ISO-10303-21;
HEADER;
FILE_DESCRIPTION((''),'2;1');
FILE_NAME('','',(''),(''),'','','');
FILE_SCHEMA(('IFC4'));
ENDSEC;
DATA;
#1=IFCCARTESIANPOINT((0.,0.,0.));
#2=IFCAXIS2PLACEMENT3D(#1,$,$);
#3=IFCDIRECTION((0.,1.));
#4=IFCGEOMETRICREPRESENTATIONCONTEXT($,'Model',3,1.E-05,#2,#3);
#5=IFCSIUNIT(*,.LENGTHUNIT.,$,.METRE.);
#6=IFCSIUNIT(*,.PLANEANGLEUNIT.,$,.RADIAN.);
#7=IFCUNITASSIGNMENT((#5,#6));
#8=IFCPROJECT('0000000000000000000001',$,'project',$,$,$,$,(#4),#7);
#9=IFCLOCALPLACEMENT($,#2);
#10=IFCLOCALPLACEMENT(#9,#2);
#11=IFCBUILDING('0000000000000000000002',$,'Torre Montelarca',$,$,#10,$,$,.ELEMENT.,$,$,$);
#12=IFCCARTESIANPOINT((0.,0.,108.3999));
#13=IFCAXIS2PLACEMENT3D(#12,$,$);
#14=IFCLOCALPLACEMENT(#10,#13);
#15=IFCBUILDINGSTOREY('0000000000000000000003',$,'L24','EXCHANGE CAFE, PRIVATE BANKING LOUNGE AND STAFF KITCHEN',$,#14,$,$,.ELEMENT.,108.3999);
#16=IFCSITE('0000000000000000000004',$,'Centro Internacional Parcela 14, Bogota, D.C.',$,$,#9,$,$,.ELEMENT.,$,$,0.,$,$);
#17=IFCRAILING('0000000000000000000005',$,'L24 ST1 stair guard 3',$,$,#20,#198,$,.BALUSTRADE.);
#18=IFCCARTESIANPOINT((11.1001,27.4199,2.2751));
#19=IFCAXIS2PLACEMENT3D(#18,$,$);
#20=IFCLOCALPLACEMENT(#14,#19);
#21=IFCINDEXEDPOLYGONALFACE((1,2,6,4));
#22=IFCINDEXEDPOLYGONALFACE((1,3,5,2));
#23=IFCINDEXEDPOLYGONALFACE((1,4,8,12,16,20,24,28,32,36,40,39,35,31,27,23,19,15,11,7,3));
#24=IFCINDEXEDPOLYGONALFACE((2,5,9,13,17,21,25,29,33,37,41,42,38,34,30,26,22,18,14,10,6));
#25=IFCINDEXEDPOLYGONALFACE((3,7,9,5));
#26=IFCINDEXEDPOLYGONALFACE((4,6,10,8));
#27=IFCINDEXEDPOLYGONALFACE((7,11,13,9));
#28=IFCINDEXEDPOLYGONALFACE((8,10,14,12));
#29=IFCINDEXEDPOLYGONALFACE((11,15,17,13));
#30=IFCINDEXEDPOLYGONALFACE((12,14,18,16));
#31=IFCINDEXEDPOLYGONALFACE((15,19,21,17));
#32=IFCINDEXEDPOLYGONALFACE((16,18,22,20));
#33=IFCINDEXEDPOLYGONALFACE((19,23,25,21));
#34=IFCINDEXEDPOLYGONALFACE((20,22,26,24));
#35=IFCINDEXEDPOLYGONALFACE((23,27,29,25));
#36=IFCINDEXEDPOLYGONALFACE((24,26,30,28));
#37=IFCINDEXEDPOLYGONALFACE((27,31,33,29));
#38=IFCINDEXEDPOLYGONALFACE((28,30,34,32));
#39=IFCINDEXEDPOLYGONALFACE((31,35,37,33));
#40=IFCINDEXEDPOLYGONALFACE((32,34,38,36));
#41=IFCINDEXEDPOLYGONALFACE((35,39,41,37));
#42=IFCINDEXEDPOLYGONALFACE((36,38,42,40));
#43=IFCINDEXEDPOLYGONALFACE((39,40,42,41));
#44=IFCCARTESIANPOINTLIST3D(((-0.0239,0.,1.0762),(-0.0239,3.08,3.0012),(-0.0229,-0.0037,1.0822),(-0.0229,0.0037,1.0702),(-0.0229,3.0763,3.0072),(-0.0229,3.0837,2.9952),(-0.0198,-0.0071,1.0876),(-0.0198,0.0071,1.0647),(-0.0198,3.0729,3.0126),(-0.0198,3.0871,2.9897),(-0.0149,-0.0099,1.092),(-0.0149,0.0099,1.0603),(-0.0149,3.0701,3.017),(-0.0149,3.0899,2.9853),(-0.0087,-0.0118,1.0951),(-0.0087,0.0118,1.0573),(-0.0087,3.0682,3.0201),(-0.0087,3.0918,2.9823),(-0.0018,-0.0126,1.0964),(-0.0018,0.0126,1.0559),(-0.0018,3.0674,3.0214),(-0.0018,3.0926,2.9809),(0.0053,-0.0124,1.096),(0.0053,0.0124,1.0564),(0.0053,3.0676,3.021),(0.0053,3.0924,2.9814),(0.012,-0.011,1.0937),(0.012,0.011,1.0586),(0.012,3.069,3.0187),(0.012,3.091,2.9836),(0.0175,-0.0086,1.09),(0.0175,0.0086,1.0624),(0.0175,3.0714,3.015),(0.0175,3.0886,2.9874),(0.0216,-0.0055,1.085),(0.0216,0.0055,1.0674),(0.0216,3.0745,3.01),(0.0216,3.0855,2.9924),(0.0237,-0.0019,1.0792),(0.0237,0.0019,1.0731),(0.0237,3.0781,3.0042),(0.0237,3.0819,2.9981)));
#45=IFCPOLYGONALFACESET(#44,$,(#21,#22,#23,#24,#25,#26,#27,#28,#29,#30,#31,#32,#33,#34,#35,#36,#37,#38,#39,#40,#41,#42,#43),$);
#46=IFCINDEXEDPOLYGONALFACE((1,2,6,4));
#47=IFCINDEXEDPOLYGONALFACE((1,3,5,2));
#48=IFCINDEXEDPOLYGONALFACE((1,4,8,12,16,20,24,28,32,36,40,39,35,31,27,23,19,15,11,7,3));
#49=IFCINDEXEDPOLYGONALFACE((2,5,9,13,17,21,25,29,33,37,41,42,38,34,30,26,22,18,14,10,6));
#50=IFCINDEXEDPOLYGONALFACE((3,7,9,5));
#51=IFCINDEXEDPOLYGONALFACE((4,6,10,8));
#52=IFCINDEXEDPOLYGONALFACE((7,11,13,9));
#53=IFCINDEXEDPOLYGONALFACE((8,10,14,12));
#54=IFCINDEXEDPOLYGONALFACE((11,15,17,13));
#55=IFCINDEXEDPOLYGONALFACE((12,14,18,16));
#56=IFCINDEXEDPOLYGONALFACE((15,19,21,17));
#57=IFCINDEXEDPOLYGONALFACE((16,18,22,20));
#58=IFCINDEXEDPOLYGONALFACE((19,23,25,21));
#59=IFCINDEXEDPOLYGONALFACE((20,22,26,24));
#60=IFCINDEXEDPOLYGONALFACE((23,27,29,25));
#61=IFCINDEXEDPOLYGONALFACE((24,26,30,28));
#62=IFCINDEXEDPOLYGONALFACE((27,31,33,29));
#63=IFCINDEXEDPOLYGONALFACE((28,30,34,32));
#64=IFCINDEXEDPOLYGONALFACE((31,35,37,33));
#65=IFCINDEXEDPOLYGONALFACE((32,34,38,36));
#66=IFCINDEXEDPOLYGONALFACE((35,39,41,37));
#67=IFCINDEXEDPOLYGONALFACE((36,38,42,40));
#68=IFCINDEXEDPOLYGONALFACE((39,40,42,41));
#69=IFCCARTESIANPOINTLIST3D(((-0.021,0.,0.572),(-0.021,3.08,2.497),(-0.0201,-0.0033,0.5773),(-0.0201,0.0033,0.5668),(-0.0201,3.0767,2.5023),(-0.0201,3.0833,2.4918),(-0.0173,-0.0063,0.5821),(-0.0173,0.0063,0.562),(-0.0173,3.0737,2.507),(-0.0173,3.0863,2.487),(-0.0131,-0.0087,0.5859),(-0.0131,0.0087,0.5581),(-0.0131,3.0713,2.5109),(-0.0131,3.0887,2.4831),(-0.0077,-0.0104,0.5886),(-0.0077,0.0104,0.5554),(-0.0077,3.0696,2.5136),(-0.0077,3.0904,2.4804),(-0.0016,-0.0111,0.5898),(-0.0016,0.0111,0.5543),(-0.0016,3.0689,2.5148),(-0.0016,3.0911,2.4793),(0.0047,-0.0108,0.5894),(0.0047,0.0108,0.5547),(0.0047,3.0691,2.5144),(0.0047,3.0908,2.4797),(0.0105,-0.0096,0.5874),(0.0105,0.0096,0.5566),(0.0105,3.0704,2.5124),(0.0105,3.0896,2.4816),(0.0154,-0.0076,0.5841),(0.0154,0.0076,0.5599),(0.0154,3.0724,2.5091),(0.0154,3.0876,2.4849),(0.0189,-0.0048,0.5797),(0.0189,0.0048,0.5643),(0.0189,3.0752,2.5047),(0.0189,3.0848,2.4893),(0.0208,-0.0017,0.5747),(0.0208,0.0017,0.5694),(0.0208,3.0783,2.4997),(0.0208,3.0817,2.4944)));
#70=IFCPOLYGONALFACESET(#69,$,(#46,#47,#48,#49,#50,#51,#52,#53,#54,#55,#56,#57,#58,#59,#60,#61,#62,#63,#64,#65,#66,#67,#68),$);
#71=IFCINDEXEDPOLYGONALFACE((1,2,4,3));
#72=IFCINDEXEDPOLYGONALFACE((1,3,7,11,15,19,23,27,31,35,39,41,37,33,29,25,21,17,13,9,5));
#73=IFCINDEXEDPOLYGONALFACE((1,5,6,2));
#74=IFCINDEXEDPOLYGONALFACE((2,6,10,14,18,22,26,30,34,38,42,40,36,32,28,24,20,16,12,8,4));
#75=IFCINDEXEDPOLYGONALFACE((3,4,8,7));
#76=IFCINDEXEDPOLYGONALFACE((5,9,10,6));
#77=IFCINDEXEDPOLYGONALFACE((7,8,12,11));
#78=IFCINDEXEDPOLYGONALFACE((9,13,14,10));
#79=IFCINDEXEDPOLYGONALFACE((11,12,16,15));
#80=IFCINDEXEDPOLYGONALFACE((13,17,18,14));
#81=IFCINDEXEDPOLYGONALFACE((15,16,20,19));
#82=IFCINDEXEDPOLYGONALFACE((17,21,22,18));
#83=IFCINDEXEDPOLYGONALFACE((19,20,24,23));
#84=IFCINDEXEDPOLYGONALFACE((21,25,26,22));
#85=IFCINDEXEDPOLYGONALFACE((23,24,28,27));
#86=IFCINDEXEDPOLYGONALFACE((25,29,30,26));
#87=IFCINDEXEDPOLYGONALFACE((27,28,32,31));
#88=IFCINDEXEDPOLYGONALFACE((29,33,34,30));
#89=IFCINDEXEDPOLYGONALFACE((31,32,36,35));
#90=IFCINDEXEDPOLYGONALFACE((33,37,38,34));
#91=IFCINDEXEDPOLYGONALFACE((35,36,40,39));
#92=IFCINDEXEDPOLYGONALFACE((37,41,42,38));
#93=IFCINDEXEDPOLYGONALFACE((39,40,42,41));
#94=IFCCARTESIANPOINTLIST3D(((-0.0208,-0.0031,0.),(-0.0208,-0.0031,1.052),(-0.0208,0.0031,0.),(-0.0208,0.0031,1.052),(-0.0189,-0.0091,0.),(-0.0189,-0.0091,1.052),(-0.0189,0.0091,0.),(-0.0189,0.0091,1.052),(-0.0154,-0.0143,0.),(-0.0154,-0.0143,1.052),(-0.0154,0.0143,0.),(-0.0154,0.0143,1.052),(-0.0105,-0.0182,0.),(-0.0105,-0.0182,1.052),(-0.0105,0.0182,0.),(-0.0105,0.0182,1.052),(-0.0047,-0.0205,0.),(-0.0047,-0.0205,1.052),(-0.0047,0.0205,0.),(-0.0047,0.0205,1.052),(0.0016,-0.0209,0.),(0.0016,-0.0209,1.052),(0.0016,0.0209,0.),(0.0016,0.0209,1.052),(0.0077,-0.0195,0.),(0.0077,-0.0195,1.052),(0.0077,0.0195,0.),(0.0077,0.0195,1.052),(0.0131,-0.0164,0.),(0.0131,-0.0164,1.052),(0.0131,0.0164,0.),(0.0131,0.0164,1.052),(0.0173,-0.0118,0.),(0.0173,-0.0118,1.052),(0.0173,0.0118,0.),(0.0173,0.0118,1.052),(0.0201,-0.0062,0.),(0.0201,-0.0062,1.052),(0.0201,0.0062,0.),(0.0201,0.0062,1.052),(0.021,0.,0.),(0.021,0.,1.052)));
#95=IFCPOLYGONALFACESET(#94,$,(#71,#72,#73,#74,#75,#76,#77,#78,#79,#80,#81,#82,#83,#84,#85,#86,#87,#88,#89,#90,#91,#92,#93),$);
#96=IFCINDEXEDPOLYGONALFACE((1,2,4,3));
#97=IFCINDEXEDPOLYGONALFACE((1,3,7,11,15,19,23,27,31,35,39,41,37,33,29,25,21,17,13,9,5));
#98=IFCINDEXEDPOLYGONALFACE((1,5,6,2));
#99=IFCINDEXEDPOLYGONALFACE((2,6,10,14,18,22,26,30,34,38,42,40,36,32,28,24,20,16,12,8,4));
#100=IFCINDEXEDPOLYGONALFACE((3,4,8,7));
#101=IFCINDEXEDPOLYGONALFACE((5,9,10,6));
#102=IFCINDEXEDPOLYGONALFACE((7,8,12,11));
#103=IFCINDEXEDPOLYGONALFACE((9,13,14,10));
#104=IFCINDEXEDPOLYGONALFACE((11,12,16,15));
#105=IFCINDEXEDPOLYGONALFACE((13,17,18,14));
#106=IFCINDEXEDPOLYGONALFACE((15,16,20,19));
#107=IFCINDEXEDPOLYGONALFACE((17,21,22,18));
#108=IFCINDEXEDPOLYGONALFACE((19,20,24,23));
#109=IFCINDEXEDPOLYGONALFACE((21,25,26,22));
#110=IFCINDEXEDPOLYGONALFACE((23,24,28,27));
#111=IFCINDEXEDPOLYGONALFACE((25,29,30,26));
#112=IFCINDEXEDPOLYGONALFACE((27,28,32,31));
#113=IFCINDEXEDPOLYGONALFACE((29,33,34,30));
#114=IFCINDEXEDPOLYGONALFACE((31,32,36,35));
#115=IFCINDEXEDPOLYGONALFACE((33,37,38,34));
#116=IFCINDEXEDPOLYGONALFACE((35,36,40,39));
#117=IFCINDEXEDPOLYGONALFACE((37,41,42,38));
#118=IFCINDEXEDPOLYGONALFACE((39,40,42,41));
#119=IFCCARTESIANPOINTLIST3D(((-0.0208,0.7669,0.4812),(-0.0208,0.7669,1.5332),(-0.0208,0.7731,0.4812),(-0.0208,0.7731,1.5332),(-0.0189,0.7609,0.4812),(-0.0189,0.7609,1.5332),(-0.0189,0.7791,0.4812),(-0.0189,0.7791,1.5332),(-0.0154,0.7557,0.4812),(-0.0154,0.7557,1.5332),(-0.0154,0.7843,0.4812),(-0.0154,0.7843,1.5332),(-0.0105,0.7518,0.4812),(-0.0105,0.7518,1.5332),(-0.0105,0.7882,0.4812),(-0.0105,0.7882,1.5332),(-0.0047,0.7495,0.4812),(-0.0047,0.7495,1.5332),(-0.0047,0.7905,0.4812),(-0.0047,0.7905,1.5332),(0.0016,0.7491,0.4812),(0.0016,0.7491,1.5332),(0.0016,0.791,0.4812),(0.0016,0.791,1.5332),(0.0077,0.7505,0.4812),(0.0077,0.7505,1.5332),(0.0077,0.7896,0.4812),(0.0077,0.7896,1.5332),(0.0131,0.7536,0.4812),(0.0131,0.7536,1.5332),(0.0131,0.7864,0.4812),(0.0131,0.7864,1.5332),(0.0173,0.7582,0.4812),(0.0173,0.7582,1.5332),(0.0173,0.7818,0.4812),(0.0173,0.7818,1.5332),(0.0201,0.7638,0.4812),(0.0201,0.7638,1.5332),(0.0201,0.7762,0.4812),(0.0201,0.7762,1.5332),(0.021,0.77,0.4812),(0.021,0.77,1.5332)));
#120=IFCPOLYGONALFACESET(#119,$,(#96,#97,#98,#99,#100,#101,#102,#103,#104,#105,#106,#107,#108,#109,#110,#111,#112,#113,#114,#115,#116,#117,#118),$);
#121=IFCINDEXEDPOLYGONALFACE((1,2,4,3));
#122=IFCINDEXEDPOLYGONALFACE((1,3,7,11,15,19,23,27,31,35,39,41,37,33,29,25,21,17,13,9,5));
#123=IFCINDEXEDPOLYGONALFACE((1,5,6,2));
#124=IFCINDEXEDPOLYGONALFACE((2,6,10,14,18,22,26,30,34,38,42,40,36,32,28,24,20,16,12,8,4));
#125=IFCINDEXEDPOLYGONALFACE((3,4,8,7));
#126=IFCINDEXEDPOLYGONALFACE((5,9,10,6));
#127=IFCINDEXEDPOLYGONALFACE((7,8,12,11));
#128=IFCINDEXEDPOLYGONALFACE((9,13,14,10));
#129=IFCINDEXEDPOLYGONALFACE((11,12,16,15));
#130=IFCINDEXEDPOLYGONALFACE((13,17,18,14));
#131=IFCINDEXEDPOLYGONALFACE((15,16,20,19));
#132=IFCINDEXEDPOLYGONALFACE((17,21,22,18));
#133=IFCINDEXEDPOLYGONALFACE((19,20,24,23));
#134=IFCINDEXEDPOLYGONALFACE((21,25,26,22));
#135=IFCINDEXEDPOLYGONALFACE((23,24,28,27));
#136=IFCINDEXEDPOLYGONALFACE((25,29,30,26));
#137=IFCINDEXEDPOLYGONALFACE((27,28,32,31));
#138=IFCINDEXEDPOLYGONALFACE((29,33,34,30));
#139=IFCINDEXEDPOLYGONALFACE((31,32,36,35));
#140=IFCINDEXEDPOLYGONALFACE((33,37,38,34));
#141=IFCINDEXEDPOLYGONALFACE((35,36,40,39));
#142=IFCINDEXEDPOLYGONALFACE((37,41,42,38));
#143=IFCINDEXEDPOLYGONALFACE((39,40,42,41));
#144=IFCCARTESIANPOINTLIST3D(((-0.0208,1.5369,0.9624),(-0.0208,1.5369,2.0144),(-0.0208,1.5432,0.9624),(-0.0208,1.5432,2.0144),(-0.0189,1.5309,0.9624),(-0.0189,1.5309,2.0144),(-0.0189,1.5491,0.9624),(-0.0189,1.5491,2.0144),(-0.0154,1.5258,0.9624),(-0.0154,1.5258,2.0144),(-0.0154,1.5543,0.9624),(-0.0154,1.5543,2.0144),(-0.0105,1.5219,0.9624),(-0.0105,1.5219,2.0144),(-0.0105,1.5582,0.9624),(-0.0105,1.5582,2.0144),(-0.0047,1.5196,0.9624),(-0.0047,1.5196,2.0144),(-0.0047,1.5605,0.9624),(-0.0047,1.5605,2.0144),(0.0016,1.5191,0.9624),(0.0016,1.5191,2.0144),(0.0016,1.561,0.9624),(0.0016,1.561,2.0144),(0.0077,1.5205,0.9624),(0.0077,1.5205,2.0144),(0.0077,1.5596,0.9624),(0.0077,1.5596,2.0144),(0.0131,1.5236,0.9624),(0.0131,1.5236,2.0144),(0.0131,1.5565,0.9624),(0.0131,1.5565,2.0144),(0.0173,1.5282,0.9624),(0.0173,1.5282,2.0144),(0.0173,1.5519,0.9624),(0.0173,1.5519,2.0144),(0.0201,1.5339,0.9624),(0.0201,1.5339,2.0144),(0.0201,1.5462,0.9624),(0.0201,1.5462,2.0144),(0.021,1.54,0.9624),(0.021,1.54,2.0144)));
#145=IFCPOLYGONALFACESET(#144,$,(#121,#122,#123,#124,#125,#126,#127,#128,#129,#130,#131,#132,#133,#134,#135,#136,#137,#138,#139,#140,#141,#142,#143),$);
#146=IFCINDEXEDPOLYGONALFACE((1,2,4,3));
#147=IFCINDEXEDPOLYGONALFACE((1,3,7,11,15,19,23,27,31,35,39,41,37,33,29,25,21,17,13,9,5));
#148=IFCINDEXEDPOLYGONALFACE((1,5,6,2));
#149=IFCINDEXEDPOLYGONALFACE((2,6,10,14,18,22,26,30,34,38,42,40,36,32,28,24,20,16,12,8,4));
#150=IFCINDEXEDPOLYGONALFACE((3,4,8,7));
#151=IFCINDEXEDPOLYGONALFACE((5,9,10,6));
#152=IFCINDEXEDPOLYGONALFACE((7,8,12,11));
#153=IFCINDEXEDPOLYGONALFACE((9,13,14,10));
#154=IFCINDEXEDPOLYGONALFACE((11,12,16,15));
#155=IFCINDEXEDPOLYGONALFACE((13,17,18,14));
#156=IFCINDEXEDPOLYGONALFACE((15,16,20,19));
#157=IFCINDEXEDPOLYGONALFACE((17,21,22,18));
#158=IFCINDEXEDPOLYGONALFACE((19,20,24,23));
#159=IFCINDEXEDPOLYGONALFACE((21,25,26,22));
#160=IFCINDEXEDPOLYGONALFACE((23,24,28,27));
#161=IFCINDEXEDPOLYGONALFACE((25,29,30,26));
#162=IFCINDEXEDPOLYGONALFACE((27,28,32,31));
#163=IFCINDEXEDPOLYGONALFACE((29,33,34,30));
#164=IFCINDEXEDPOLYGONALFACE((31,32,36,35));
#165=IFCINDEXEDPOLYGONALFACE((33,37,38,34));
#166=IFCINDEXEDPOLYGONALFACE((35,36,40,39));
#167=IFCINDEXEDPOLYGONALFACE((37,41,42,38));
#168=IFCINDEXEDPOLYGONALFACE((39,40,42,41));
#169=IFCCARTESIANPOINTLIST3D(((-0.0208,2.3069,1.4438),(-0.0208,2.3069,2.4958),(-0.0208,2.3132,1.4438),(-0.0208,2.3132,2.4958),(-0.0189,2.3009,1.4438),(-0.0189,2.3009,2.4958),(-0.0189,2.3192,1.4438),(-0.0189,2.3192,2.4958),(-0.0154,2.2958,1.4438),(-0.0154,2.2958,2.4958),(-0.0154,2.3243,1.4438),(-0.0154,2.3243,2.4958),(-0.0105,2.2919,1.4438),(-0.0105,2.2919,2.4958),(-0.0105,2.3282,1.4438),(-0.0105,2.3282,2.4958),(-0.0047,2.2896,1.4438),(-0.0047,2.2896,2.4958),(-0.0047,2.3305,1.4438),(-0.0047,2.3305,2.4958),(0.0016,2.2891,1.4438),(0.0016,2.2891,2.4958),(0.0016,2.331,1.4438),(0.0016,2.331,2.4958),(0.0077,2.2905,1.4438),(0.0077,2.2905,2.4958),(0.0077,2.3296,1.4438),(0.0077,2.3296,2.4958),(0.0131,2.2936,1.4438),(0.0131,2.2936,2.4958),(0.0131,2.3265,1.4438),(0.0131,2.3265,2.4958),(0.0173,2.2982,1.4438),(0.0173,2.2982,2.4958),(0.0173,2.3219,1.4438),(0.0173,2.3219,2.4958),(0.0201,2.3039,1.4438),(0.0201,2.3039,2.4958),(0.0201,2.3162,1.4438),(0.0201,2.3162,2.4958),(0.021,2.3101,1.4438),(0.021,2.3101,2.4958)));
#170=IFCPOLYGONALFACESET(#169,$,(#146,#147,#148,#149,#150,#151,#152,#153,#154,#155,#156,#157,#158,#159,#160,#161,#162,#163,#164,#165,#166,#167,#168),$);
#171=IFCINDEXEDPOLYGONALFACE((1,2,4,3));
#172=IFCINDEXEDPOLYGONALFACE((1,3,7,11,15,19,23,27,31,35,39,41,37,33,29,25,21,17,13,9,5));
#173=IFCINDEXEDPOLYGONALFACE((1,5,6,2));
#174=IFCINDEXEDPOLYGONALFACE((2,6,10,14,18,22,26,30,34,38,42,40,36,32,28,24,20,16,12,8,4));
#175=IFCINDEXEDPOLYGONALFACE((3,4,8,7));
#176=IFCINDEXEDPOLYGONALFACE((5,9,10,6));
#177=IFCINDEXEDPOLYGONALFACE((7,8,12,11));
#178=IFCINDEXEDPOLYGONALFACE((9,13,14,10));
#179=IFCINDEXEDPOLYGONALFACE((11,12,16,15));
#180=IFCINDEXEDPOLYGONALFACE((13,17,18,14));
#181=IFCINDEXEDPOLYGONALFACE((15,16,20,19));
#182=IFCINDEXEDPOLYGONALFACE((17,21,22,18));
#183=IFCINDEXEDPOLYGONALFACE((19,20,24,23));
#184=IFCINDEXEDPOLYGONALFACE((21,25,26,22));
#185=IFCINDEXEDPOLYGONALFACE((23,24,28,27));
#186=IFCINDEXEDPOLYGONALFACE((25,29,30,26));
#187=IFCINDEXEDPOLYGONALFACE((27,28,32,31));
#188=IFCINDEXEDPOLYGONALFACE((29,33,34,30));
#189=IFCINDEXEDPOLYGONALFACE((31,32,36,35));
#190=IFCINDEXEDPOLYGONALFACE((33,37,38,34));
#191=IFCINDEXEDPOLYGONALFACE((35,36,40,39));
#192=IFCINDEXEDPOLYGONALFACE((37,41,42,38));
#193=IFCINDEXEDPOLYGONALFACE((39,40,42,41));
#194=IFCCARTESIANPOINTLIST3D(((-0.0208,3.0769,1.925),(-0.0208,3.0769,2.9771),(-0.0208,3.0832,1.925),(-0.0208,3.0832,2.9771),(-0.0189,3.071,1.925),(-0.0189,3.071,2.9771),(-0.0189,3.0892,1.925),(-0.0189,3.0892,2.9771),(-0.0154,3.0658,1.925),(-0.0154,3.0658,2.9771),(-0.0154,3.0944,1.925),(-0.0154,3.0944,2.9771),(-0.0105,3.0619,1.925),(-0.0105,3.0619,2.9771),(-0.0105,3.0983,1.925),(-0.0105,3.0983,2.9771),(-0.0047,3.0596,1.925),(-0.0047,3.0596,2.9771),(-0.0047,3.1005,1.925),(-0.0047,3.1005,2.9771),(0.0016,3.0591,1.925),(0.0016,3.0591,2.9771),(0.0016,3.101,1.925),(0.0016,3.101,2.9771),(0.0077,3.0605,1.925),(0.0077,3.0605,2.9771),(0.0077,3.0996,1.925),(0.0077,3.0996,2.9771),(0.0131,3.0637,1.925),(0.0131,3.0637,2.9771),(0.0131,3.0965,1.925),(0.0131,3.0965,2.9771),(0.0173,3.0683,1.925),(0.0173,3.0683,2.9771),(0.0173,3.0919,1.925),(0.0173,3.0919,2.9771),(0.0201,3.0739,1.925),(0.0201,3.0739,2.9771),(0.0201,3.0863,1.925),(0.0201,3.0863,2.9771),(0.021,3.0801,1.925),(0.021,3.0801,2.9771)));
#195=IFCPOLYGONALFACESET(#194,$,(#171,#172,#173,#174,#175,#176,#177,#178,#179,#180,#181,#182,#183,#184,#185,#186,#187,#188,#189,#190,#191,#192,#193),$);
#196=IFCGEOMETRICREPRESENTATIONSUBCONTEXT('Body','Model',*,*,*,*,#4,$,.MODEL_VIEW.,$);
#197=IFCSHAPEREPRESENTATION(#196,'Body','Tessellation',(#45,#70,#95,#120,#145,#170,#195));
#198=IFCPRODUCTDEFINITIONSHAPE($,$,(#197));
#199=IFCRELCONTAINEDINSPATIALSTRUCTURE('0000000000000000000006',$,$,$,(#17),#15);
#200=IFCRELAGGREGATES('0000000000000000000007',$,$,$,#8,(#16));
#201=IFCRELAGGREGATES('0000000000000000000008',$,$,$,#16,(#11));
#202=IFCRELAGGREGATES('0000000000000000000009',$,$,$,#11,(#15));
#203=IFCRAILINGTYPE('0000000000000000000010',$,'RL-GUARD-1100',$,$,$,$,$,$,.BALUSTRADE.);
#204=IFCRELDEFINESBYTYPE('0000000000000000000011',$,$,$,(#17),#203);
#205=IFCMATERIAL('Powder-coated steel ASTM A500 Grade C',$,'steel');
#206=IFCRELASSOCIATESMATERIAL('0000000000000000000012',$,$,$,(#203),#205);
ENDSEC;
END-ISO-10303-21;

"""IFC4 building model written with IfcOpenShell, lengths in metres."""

from ifc_helpers import new_model, si_unit, direction, frame, origin, origin_2d, place, context, subcontext, project, spatial, circle, extrude, material, type_object, element, save


model = new_model("IFC4")

# Units and contexts
model_context = context("Model", 3, precision=1e-05, world=origin(), true_north=direction((0.0, 1.0)))
body_context = subcontext(model_context, "Body", "Model", "MODEL_VIEW")
ifc_project = project(units=[si_unit("LENGTHUNIT", "METRE"), si_unit("PLANEANGLEUNIT", "RADIAN")], contexts=[model_context])

# Site, building, storey
site_placement = place(None, origin())
site = spatial("IfcSite", under=ifc_project, at=site_placement, Name="Centro Internacional Parcela 14, Bogota, D.C.", CompositionType="ELEMENT", RefElevation=0.0)
building_placement = place(site_placement, origin())
building = spatial("IfcBuilding", under=site, at=building_placement, Name="Torre Montelarca", CompositionType="ELEMENT")
storey_placement = place(building_placement, frame((0.0, 0.0, 108.3999)))
storey = spatial("IfcBuildingStorey", under=building, at=storey_placement, Name="L24", Description="EXCHANGE CAFE, PRIVATE BANKING LOUNGE AND STAFF KITCHEN", CompositionType="ELEMENT", Elevation=108.3999)

# Railing
ifc_material_1 = material(Name="Powder-coated steel ASTM A500 Grade C", Category="steel")
railing_type_1 = type_object("IfcRailingType", Name="RL-GUARD-1100", PredefinedType="BALUSTRADE", material=ifc_material_1)
railing_1_placement = place(storey_placement, frame((11.1001, 27.4199, 2.2751)))
element("IfcRailing", 1, at=railing_1_placement, inside=storey, type_object=railing_type_1, Name="L24 ST1 stair guard 3", PredefinedType="BALUSTRADE", context=body_context, shape_type="SweptSolid", body=[
    extrude(circle(Radius=0.0239, at=origin_2d()), frame((0.0, 0.0, 1.0762), z_axis=(0.0, 0.847998, 0.529999), x_axis=(-1.0, 0.0, 0.0)), (0.0, 0.0, 1.0), 3.6321),
    extrude(circle(Radius=0.021, at=origin_2d()), frame((0.0, 0.0, 0.572), z_axis=(0.0, 0.847998, 0.529999), x_axis=(-1.0, 0.0, 0.0)), (0.0, 0.0, 1.0), 3.6321),
    extrude(circle(Radius=0.021, at=origin_2d()), origin(), (0.0, 0.0, 1.0), 1.052),
    extrude(circle(Radius=0.021, at=origin_2d()), frame((0.0, 0.77, 0.4812)), (0.0, 0.0, 1.0), 1.052),
    extrude(circle(Radius=0.021, at=origin_2d()), frame((0.0, 1.54, 0.9624)), (0.0, 0.0, 1.0), 1.052),
    extrude(circle(Radius=0.021, at=origin_2d()), frame((0.0, 2.3101, 1.4438)), (0.0, 0.0, 1.0), 1.052),
    extrude(circle(Radius=0.021, at=origin_2d()), frame((0.0, 3.0801, 1.925)), (0.0, 0.0, 1.0), 1.052),
])

save(model, "model.ifc")
